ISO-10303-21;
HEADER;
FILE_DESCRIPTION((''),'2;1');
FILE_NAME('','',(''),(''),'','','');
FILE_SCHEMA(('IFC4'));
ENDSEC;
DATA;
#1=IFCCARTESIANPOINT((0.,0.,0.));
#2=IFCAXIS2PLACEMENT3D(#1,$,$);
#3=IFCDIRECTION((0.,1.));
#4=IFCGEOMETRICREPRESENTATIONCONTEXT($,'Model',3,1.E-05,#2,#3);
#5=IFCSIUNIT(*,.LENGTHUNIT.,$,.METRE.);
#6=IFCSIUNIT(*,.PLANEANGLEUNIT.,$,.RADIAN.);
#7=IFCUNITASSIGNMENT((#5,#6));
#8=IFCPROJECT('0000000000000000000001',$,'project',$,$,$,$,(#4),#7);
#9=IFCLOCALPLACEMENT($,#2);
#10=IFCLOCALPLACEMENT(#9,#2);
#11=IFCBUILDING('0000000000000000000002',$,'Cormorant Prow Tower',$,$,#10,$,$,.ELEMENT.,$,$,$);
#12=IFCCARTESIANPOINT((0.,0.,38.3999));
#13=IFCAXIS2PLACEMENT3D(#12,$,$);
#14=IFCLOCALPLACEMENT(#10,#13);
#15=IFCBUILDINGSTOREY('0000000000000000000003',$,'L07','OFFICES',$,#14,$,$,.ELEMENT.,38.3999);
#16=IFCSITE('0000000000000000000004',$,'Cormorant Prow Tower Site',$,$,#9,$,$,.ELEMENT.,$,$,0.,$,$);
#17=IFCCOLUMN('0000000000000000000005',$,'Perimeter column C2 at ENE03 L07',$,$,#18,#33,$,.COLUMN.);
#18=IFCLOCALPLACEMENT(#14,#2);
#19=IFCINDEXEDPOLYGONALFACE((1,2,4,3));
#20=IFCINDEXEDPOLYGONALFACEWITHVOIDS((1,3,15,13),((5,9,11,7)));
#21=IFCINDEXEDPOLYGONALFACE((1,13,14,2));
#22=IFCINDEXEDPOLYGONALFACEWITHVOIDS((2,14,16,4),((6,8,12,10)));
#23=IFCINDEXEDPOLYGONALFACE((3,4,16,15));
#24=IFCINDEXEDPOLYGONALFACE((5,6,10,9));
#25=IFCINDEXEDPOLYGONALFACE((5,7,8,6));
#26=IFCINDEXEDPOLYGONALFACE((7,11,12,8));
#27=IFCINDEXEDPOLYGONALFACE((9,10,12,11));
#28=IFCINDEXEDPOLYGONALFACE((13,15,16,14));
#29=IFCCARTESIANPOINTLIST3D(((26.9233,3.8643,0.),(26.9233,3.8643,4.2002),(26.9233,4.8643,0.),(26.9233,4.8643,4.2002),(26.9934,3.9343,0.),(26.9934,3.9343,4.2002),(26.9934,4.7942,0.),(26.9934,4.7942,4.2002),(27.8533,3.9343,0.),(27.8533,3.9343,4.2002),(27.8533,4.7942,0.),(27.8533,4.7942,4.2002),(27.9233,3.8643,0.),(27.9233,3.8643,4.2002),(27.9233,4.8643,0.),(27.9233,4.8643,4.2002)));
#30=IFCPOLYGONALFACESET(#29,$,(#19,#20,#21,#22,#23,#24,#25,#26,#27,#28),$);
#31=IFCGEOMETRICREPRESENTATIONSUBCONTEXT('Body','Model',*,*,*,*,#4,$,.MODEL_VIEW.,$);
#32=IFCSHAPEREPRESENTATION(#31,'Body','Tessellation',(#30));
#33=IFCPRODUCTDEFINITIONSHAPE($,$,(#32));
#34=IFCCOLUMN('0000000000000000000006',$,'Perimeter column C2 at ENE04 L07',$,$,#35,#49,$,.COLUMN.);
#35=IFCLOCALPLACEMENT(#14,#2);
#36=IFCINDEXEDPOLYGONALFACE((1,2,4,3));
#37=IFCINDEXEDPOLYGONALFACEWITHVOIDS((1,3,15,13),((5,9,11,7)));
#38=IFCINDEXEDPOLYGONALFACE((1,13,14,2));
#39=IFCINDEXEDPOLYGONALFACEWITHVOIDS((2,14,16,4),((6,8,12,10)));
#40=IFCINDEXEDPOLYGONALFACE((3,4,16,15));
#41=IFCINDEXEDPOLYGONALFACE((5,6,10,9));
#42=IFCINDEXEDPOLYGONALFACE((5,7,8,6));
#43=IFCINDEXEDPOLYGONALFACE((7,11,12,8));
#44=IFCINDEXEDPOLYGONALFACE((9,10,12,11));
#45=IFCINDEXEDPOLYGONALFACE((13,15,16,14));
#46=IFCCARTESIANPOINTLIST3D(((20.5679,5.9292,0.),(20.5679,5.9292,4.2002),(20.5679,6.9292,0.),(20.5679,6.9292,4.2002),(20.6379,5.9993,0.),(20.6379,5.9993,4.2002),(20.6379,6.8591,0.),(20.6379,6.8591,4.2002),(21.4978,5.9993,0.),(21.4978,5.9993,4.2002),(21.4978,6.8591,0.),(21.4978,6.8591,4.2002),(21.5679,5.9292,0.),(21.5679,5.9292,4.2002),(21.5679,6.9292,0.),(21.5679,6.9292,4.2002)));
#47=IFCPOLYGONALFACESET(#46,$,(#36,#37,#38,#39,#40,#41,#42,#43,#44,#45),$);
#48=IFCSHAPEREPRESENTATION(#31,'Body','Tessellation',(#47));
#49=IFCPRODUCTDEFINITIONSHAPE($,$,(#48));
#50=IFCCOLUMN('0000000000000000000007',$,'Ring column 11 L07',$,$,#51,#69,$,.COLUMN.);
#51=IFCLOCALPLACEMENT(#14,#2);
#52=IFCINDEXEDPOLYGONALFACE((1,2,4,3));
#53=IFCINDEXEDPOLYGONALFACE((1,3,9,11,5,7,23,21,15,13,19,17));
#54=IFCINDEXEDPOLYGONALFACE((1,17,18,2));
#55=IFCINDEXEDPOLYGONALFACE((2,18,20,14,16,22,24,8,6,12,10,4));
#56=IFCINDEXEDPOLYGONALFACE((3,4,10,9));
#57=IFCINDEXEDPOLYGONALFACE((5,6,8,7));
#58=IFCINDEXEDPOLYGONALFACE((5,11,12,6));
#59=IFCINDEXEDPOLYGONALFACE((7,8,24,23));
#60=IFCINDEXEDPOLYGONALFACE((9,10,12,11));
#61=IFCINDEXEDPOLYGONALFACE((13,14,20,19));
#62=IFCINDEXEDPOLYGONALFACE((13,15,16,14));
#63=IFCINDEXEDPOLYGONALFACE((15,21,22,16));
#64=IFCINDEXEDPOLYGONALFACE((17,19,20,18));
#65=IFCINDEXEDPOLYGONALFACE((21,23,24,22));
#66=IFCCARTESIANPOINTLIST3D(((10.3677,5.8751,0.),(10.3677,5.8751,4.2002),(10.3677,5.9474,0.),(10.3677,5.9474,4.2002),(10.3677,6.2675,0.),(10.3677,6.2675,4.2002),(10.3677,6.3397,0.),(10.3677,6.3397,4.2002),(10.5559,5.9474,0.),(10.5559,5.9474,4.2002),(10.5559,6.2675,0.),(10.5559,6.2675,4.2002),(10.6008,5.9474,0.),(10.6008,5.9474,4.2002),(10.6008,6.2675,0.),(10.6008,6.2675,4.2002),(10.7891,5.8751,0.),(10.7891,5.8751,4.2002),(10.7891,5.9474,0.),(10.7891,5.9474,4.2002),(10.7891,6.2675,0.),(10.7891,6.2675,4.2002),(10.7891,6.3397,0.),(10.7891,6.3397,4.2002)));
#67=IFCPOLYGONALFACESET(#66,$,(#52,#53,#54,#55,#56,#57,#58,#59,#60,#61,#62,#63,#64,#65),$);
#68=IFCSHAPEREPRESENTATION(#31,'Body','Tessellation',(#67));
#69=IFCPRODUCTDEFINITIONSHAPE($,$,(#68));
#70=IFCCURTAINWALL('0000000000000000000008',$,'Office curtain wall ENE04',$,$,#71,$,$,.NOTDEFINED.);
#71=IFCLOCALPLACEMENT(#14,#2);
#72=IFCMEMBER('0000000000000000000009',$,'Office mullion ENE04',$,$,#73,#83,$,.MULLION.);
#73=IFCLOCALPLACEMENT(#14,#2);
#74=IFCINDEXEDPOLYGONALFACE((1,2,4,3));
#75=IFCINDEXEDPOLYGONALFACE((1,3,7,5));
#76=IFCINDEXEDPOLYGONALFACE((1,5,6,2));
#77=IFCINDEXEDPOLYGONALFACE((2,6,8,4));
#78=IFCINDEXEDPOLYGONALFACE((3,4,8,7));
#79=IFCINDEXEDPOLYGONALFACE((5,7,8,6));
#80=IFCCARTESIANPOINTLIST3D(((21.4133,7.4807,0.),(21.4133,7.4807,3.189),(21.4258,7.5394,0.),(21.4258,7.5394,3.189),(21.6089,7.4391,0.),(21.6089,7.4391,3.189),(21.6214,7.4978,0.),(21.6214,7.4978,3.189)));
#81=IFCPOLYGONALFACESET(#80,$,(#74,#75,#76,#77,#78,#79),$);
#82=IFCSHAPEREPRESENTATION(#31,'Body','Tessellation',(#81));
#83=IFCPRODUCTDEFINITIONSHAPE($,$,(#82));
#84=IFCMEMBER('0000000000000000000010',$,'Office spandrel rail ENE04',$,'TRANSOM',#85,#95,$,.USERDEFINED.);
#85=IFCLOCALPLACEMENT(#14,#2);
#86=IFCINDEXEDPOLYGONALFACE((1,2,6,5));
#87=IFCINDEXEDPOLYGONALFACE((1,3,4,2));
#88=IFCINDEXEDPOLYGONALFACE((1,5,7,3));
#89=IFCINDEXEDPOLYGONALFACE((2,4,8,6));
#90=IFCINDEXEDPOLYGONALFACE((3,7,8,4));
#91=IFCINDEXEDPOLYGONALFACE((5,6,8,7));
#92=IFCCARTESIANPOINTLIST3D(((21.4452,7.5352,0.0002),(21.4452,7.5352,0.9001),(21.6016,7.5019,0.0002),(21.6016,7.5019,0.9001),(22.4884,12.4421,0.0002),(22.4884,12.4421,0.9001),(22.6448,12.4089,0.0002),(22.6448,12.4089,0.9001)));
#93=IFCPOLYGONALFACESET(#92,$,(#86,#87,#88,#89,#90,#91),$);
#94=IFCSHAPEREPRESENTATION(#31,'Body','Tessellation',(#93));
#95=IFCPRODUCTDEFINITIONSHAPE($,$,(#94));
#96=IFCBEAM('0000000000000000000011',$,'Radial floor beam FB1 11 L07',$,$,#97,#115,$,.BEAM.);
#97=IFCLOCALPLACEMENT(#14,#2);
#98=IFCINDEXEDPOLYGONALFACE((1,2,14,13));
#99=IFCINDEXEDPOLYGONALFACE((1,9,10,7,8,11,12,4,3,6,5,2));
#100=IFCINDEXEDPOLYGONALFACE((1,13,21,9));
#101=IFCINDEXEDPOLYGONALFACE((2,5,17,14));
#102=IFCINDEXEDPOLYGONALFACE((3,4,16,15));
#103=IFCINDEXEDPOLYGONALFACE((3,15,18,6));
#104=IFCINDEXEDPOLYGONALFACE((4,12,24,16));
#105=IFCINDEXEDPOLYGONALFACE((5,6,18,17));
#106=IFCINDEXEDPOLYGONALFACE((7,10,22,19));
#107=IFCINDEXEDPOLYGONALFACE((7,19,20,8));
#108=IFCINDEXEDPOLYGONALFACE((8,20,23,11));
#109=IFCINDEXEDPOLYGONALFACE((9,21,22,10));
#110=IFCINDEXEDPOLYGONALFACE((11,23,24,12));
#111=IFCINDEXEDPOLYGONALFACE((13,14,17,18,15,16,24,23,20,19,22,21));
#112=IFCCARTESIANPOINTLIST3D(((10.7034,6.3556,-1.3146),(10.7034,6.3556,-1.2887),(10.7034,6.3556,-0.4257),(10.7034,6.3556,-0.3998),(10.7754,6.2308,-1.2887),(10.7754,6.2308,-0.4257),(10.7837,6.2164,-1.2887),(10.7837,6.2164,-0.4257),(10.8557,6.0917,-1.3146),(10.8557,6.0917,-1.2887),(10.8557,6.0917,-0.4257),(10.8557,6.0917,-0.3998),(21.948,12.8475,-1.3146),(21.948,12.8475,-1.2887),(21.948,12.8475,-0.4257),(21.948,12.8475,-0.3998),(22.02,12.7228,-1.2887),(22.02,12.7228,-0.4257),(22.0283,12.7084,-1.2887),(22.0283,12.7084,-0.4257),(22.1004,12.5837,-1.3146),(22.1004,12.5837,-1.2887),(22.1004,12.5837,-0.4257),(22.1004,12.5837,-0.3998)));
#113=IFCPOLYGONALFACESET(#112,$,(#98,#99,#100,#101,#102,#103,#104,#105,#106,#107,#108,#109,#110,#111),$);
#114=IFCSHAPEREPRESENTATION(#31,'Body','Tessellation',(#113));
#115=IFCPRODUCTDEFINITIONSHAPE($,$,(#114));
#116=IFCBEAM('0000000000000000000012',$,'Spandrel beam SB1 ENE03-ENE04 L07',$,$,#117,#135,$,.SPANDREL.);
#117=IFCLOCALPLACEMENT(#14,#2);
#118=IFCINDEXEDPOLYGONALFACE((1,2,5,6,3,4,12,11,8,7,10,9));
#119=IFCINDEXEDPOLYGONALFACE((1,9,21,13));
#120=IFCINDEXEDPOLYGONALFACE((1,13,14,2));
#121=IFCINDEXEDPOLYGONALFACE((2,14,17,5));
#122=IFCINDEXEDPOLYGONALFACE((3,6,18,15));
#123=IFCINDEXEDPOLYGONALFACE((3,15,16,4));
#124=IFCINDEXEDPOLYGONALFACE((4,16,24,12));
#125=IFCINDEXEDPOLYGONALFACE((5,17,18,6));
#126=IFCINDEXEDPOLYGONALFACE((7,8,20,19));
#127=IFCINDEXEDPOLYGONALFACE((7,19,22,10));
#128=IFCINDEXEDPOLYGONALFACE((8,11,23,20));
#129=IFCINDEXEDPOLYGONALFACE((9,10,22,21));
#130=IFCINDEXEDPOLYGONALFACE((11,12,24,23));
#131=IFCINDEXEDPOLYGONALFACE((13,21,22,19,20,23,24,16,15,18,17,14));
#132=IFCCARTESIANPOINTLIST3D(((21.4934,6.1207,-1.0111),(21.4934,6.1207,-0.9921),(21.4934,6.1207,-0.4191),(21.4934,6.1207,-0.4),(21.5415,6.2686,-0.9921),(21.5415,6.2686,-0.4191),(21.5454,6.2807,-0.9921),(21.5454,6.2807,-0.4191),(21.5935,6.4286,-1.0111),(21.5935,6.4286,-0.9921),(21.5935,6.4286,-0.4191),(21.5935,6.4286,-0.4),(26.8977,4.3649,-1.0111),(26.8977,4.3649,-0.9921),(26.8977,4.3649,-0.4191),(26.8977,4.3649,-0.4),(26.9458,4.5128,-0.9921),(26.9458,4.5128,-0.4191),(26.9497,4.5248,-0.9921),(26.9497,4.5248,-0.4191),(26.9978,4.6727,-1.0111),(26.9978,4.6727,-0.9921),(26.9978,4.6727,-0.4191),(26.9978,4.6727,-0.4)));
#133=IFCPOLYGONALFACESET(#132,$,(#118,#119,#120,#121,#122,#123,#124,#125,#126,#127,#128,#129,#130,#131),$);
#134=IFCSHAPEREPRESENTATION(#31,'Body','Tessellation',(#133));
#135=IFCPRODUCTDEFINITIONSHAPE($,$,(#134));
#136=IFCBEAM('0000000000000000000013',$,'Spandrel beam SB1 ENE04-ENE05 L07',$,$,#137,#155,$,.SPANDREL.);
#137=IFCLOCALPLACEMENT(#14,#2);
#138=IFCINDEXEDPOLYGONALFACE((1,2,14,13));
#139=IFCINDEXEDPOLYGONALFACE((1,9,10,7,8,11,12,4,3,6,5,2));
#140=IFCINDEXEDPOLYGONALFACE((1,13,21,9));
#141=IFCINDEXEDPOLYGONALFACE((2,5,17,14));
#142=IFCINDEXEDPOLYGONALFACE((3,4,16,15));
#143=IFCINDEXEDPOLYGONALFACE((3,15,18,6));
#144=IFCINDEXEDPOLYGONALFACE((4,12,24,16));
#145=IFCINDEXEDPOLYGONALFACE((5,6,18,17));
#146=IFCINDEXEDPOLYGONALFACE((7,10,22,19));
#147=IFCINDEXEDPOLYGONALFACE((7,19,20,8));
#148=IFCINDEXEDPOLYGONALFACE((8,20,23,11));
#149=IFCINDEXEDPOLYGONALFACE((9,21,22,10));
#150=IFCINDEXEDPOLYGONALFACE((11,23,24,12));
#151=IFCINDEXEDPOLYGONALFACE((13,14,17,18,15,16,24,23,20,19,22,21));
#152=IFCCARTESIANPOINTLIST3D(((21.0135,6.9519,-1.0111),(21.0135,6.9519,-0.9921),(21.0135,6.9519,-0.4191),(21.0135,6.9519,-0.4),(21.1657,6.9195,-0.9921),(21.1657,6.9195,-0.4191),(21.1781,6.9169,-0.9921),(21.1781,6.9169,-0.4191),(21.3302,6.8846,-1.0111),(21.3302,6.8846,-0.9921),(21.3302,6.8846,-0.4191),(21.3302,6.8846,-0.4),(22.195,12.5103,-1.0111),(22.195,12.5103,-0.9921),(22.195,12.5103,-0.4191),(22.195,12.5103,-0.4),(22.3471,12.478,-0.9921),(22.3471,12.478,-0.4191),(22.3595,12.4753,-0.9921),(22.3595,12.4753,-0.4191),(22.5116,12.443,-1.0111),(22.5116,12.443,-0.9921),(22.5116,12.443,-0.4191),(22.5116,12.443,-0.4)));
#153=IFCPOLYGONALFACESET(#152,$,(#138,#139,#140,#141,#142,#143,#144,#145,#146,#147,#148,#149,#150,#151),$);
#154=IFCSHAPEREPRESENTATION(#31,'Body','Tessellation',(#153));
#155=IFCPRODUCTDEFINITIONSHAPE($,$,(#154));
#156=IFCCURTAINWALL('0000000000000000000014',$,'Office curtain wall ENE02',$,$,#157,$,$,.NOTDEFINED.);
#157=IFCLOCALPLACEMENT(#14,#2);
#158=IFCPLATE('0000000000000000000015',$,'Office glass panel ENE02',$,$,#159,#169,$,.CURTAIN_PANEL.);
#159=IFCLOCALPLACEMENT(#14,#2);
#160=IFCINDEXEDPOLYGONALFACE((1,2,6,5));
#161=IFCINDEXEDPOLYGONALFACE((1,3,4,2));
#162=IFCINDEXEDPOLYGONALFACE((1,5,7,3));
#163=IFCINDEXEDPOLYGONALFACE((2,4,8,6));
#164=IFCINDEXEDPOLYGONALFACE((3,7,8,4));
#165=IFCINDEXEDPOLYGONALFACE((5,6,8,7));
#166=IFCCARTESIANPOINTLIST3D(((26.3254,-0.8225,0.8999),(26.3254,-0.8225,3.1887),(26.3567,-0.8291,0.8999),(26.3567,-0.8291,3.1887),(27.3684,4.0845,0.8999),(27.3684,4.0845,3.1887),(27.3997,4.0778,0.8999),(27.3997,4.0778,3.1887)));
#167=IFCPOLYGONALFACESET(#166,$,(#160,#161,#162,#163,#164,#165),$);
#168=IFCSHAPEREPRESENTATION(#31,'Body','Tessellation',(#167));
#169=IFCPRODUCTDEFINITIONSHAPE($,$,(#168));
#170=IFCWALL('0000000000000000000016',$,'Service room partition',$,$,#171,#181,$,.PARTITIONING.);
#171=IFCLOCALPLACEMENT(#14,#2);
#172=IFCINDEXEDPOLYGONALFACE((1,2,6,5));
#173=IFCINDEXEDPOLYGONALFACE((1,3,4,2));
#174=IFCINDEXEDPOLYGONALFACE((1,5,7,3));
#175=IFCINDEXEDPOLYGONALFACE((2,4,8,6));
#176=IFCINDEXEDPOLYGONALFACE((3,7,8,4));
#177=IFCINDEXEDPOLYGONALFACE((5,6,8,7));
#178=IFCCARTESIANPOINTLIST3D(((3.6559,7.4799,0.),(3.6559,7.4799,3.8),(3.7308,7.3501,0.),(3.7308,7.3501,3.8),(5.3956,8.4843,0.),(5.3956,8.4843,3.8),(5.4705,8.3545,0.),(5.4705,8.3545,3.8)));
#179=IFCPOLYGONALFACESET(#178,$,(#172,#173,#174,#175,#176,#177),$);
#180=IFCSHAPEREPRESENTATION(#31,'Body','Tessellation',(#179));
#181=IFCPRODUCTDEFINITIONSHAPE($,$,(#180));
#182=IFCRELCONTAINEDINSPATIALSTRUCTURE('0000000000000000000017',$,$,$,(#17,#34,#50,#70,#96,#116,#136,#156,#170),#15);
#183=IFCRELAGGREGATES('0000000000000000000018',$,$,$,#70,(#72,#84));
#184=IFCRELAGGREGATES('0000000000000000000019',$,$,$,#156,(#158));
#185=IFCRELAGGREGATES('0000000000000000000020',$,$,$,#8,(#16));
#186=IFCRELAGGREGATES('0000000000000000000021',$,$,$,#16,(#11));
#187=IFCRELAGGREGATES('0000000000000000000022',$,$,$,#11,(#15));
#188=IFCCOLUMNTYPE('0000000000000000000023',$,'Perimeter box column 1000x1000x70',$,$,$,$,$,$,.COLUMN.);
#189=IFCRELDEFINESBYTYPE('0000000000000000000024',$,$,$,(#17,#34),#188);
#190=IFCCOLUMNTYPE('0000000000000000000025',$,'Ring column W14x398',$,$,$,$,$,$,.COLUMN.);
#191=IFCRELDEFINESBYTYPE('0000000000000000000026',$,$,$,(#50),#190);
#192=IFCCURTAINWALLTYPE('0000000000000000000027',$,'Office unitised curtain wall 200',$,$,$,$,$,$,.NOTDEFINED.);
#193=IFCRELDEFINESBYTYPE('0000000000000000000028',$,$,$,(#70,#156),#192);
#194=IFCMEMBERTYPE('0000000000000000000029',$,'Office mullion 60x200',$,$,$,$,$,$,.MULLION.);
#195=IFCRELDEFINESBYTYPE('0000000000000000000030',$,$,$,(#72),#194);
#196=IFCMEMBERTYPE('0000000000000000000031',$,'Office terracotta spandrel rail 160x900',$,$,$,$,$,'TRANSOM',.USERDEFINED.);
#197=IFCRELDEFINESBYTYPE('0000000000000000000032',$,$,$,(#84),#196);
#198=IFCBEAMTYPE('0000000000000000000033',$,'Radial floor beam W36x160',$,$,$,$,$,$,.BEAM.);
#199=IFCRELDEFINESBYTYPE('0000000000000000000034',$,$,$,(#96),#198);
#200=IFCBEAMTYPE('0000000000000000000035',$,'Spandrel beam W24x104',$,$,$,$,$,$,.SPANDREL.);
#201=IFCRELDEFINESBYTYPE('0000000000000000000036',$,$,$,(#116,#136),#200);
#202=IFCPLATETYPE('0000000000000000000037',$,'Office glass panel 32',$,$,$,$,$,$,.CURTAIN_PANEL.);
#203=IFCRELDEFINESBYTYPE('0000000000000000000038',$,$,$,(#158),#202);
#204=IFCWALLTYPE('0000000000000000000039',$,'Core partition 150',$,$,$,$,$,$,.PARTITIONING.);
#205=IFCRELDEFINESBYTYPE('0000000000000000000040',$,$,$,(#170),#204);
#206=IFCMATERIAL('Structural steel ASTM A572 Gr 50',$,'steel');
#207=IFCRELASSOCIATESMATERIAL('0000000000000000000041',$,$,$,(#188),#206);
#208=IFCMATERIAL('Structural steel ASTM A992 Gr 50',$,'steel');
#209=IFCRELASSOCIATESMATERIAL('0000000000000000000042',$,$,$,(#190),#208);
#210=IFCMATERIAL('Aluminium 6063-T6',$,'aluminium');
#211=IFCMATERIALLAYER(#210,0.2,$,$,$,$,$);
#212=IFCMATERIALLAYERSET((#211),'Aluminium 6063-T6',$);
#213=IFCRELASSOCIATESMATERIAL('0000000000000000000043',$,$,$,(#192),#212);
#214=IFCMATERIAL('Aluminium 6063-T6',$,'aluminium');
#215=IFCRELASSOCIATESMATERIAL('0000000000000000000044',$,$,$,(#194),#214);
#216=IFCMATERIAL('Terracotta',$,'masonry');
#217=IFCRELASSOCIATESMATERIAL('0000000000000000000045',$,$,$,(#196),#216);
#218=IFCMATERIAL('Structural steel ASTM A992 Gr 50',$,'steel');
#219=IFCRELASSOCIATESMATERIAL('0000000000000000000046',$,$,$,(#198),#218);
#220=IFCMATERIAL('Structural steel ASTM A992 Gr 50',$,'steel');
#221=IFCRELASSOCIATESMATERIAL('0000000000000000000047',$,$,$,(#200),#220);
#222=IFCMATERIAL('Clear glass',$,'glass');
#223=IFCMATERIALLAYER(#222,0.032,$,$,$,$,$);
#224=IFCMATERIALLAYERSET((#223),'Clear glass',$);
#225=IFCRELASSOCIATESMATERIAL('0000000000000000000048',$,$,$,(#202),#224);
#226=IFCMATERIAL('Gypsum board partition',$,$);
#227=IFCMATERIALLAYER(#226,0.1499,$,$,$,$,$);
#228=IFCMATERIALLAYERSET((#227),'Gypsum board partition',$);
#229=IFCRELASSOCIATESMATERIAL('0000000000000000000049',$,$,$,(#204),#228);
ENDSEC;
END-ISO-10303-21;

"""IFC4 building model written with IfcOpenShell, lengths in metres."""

from ifc_helpers import new_model, si_unit, direction, frame, frame_2d, origin, origin_2d, place, context, subcontext, project, spatial, rectangle, hollow_rectangle, i_section, extrude, material, layer, layer_set, material_profile, profile_set, type_object, element, aggregate, save


model = new_model("IFC4")

# Units and contexts
model_context = context("Model", 3, precision=1e-05, world=origin(), true_north=direction((0.0, 1.0)))
body_context = subcontext(model_context, "Body", "Model", "MODEL_VIEW")
ifc_project = project(units=[si_unit("LENGTHUNIT", "METRE"), si_unit("PLANEANGLEUNIT", "RADIAN")], contexts=[model_context])

# Site, building, storey
site_placement = place(None, origin())
site = spatial("IfcSite", under=ifc_project, at=site_placement, Name="Cormorant Prow Tower Site", CompositionType="ELEMENT", RefElevation=0.0)
building_placement = place(site_placement, origin())
building = spatial("IfcBuilding", under=site, at=building_placement, Name="Cormorant Prow Tower", CompositionType="ELEMENT")
storey_placement = place(building_placement, frame((0.0, 0.0, 38.3999)))
storey = spatial("IfcBuildingStorey", under=building, at=storey_placement, Name="L07", Description="OFFICES", CompositionType="ELEMENT", Elevation=38.3999)

# Columns
ifc_material_1 = material(Name="Structural steel ASTM A572 Gr 50", Category="steel")
ifc_material_profile_1 = material_profile(ifc_material_1, hollow_rectangle(XDim=1.0, YDim=1.0, WallThickness=0.0701, at=origin_2d()), Name="Box 1000x1000x70")
ifc_profile_set_1 = profile_set([ifc_material_profile_1], Name="Structural steel ASTM A572 Gr 50")
column_type_1 = type_object("IfcColumnType", Name="Perimeter box column 1000x1000x70", PredefinedType="COLUMN", material=ifc_profile_set_1)
for number, where, z_axis, x_axis, name in (
    (1, (27.4233, 4.3643, 0.0), (0.0, 0.0, 1.0), (1.0, 0.0, 0.0), "Perimeter column C2 at ENE03 L07"),
    (2, (21.0679, 6.4292, 0.0), (0.0, 0.0, 1.0), (1.0, 0.0, 0.0), "Perimeter column C2 at ENE04 L07"),
):
    element("IfcColumn", number, at=place(storey_placement, frame(where, z_axis=z_axis, x_axis=x_axis)), inside=storey, type_object=column_type_1, Name=name, PredefinedType="COLUMN", context=body_context, shape_type="SweptSolid", body=[
        extrude(hollow_rectangle(XDim=1.0, YDim=1.0, WallThickness=0.0701, at=origin_2d()), origin(), (0.0, 0.0, 1.0), 4.2002),
    ])
ifc_material_2 = material(Name="Structural steel ASTM A992 Gr 50", Category="steel")
ifc_material_profile_2 = material_profile(ifc_material_2, i_section(OverallWidth=0.4214, OverallDepth=0.4646, WebThickness=0.0449, FlangeThickness=0.0723, at=origin_2d()), Name="W14x398")
ifc_profile_set_2 = profile_set([ifc_material_profile_2], Name="Structural steel ASTM A992 Gr 50")
column_type_2 = type_object("IfcColumnType", Name="Ring column W14x398", PredefinedType="COLUMN", material=ifc_profile_set_2)
column_placement = place(storey_placement, frame((10.5784, 6.1074, 0.0), z_axis=(0.0, 0.0, 1.0), x_axis=(1.0, 0.0, 0.0)))
element("IfcColumn", 3, at=column_placement, inside=storey, type_object=column_type_2, Name="Ring column 11 L07", PredefinedType="COLUMN", context=body_context, shape_type="SweptSolid", body=[
    extrude(i_section(OverallWidth=0.4214, OverallDepth=0.4646, WebThickness=0.0449, FlangeThickness=0.0723, at=origin_2d()), origin(), (0.0, 0.0, 1.0), 4.2002),
])

# Curtain wall, members
ifc_material_3 = material(Name="Aluminium 6063-T6", Category="aluminium")
ifc_layer_1 = layer(ifc_material_3, 0.2)
ifc_layer_set_1 = layer_set([ifc_layer_1], Name="Aluminium 6063-T6")
curtain_wall_type = type_object("IfcCurtainWallType", Name="Office unitised curtain wall 200", PredefinedType="NOTDEFINED", material=ifc_layer_set_1)
curtain_wall_1_placement = place(storey_placement, origin())
curtain_wall_1 = element("IfcCurtainWall", 4, at=curtain_wall_1_placement, inside=storey, type_object=curtain_wall_type, Name="Office curtain wall ENE04", PredefinedType="NOTDEFINED")
ifc_material_4 = material(Name="Aluminium 6063-T6", Category="aluminium")
ifc_material_profile_3 = material_profile(ifc_material_4, rectangle(XDim=0.2, YDim=0.0601, at=origin_2d()), Name="Office mullion 60x200")
ifc_profile_set_3 = profile_set([ifc_material_profile_3], Name="Aluminium 6063-T6")
member_type_1 = type_object("IfcMemberType", Name="Office mullion 60x200", PredefinedType="MULLION", material=ifc_profile_set_3)
member_1_placement = place(storey_placement, frame((21.5173, 7.4893, 0.0), z_axis=(0.0, 0.0, 1.0), x_axis=(-0.978148, 0.207912, 0.0)))
member_1 = element("IfcMember", 5, at=member_1_placement, type_object=member_type_1, Name="Office mullion ENE04", PredefinedType="MULLION", context=body_context, shape_type="SweptSolid", body=[
    extrude(rectangle(XDim=0.2, YDim=0.0601, at=origin_2d()), origin(), (0.0, 0.0, 1.0), 3.189),
])
ifc_material_5 = material(Name="Terracotta", Category="masonry")
ifc_material_profile_4 = material_profile(ifc_material_5, rectangle(XDim=0.1599, YDim=0.8999, at=origin_2d()), Name="Office terracotta spandrel rail 160x900")
ifc_profile_set_4 = profile_set([ifc_material_profile_4], Name="Terracotta")
member_type_2 = type_object("IfcMemberType", Name="Office terracotta spandrel rail 160x900", ElementType="TRANSOM", PredefinedType="USERDEFINED", material=ifc_profile_set_4)
member_2_placement = place(storey_placement, frame((21.5234, 7.5186, 0.4502), z_axis=(0.20795, 0.978139, 0.0), x_axis=(-0.978139, 0.20795, 0.0)))
member_2 = element("IfcMember", 6, at=member_2_placement, type_object=member_type_2, Name="Office spandrel rail ENE04", ObjectType="TRANSOM", PredefinedType="USERDEFINED", context=body_context, shape_type="SweptSolid", body=[
    extrude(rectangle(XDim=0.1599, YDim=0.8999, at=origin_2d()), origin(), (0.0, 0.0, 1.0), 5.0166),
])
aggregate(curtain_wall_1, [member_1, member_2])

# Beams
ifc_material_6 = material(Name="Structural steel ASTM A992 Gr 50", Category="steel")
ifc_material_profile_5 = material_profile(ifc_material_6, i_section(OverallWidth=0.3047, OverallDepth=0.9148, WebThickness=0.0166, FlangeThickness=0.0259, at=origin_2d()), Name="W36x160")
ifc_profile_set_5 = profile_set([ifc_material_profile_5], Name="Structural steel ASTM A992 Gr 50")
beam_type_1 = type_object("IfcBeamType", Name="Radial floor beam W36x160", PredefinedType="BEAM", material=ifc_profile_set_5)
beam_1_placement = place(storey_placement, frame((10.7795, 6.2236, -0.8572), z_axis=(0.86603, 0.499992, 0.0), x_axis=(-0.499992, 0.86603, 0.0)))
element("IfcBeam", 7, at=beam_1_placement, inside=storey, type_object=beam_type_1, Name="Radial floor beam FB1 11 L07", PredefinedType="BEAM", context=body_context, shape_type="SweptSolid", body=[
    extrude(i_section(OverallWidth=0.3047, OverallDepth=0.9148, WebThickness=0.0166, FlangeThickness=0.0259, at=origin_2d()), origin(), (0.0, 0.0, 1.0), 12.9841),
])
ifc_material_7 = material(Name="Structural steel ASTM A992 Gr 50", Category="steel")
ifc_material_profile_6 = material_profile(ifc_material_7, i_section(OverallWidth=0.3237, OverallDepth=0.6111, WebThickness=0.0127, FlangeThickness=0.019, at=origin_2d()), Name="W24x104")
ifc_profile_set_6 = profile_set([ifc_material_profile_6], Name="Structural steel ASTM A992 Gr 50")
beam_type_2 = type_object("IfcBeamType", Name="Spandrel beam W24x104", PredefinedType="SPANDREL", material=ifc_profile_set_6)
beam_2_placement = place(storey_placement, frame((26.9478, 4.5188, -0.7056), z_axis=(-0.951062, 0.309001, 0.0), x_axis=(-0.309001, -0.951062, 0.0)))
element("IfcBeam", 8, at=beam_2_placement, inside=storey, type_object=beam_type_2, Name="Spandrel beam SB1 ENE03-ENE04 L07", PredefinedType="SPANDREL", context=body_context, shape_type="SweptSolid", body=[
    extrude(i_section(OverallWidth=0.3237, OverallDepth=0.6111, WebThickness=0.0127, FlangeThickness=0.019, at=origin_2d()), origin(), (0.0, 0.0, 1.0), 5.6824),
])
beam_3_placement = place(storey_placement, frame((21.1719, 6.9182, -0.7056), z_axis=(0.2079, 0.97815, 0.0), x_axis=(-0.97815, 0.2079, 0.0)))
element("IfcBeam", 9, at=beam_3_placement, inside=storey, type_object=beam_type_2, Name="Spandrel beam SB1 ENE04-ENE05 L07", PredefinedType="SPANDREL", context=body_context, shape_type="SweptSolid", body=[
    extrude(i_section(OverallWidth=0.3237, OverallDepth=0.6111, WebThickness=0.0127, FlangeThickness=0.019, at=origin_2d()), origin(), (0.0, 0.0, 1.0), 5.6826),
])

# Curtain wall, plate
curtain_wall_2_placement = place(storey_placement, origin())
curtain_wall_2 = element("IfcCurtainWall", 10, at=curtain_wall_2_placement, inside=storey, type_object=curtain_wall_type, Name="Office curtain wall ENE02", PredefinedType="NOTDEFINED")
ifc_material_8 = material(Name="Clear glass", Category="glass")
ifc_layer_2 = layer(ifc_material_8, 0.032)
ifc_layer_set_2 = layer_set([ifc_layer_2], Name="Clear glass")
plate_type = type_object("IfcPlateType", Name="Office glass panel 32", PredefinedType="CURTAIN_PANEL", material=ifc_layer_set_2)
plate_placement = place(storey_placement, frame((26.8625, 1.6277, 0.8999), z_axis=(0.0, 0.0, 1.0), x_axis=(0.207912, 0.978148, 0.0)))
plate = element("IfcPlate", 11, at=plate_placement, type_object=plate_type, Name="Office glass panel ENE02", PredefinedType="CURTAIN_PANEL", context=body_context, shape_type="SweptSolid", body=[
    extrude(rectangle(XDim=5.0166, YDim=0.032, at=origin_2d()), origin(), (0.0, 0.0, 1.0), 2.2888),
])
aggregate(curtain_wall_2, [plate])

# Wall
ifc_material_9 = material(Name="Gypsum board partition")
ifc_layer_3 = layer(ifc_material_9, 0.1499)
ifc_layer_set_3 = layer_set([ifc_layer_3], Name="Gypsum board partition")
wall_type_1 = type_object("IfcWallType", Name="Core partition 150", PredefinedType="PARTITIONING", material=ifc_layer_set_3)
wall_1_placement = place(storey_placement, frame((3.6934, 7.415, 0.0), z_axis=(0.0, 0.0, 1.0), x_axis=(0.866036, 0.499982, 0.0)))
element("IfcWall", 12, at=wall_1_placement, inside=storey, type_object=wall_type_1, Name="Service room partition", PredefinedType="PARTITIONING", context=body_context, shape_type="SweptSolid", body=[
    extrude(rectangle(XDim=2.0088, YDim=0.1499, at=frame_2d((1.0044, 0.0))), origin(), (0.0, 0.0, 1.0), 3.8),
])

save(model, "model.ifc")
